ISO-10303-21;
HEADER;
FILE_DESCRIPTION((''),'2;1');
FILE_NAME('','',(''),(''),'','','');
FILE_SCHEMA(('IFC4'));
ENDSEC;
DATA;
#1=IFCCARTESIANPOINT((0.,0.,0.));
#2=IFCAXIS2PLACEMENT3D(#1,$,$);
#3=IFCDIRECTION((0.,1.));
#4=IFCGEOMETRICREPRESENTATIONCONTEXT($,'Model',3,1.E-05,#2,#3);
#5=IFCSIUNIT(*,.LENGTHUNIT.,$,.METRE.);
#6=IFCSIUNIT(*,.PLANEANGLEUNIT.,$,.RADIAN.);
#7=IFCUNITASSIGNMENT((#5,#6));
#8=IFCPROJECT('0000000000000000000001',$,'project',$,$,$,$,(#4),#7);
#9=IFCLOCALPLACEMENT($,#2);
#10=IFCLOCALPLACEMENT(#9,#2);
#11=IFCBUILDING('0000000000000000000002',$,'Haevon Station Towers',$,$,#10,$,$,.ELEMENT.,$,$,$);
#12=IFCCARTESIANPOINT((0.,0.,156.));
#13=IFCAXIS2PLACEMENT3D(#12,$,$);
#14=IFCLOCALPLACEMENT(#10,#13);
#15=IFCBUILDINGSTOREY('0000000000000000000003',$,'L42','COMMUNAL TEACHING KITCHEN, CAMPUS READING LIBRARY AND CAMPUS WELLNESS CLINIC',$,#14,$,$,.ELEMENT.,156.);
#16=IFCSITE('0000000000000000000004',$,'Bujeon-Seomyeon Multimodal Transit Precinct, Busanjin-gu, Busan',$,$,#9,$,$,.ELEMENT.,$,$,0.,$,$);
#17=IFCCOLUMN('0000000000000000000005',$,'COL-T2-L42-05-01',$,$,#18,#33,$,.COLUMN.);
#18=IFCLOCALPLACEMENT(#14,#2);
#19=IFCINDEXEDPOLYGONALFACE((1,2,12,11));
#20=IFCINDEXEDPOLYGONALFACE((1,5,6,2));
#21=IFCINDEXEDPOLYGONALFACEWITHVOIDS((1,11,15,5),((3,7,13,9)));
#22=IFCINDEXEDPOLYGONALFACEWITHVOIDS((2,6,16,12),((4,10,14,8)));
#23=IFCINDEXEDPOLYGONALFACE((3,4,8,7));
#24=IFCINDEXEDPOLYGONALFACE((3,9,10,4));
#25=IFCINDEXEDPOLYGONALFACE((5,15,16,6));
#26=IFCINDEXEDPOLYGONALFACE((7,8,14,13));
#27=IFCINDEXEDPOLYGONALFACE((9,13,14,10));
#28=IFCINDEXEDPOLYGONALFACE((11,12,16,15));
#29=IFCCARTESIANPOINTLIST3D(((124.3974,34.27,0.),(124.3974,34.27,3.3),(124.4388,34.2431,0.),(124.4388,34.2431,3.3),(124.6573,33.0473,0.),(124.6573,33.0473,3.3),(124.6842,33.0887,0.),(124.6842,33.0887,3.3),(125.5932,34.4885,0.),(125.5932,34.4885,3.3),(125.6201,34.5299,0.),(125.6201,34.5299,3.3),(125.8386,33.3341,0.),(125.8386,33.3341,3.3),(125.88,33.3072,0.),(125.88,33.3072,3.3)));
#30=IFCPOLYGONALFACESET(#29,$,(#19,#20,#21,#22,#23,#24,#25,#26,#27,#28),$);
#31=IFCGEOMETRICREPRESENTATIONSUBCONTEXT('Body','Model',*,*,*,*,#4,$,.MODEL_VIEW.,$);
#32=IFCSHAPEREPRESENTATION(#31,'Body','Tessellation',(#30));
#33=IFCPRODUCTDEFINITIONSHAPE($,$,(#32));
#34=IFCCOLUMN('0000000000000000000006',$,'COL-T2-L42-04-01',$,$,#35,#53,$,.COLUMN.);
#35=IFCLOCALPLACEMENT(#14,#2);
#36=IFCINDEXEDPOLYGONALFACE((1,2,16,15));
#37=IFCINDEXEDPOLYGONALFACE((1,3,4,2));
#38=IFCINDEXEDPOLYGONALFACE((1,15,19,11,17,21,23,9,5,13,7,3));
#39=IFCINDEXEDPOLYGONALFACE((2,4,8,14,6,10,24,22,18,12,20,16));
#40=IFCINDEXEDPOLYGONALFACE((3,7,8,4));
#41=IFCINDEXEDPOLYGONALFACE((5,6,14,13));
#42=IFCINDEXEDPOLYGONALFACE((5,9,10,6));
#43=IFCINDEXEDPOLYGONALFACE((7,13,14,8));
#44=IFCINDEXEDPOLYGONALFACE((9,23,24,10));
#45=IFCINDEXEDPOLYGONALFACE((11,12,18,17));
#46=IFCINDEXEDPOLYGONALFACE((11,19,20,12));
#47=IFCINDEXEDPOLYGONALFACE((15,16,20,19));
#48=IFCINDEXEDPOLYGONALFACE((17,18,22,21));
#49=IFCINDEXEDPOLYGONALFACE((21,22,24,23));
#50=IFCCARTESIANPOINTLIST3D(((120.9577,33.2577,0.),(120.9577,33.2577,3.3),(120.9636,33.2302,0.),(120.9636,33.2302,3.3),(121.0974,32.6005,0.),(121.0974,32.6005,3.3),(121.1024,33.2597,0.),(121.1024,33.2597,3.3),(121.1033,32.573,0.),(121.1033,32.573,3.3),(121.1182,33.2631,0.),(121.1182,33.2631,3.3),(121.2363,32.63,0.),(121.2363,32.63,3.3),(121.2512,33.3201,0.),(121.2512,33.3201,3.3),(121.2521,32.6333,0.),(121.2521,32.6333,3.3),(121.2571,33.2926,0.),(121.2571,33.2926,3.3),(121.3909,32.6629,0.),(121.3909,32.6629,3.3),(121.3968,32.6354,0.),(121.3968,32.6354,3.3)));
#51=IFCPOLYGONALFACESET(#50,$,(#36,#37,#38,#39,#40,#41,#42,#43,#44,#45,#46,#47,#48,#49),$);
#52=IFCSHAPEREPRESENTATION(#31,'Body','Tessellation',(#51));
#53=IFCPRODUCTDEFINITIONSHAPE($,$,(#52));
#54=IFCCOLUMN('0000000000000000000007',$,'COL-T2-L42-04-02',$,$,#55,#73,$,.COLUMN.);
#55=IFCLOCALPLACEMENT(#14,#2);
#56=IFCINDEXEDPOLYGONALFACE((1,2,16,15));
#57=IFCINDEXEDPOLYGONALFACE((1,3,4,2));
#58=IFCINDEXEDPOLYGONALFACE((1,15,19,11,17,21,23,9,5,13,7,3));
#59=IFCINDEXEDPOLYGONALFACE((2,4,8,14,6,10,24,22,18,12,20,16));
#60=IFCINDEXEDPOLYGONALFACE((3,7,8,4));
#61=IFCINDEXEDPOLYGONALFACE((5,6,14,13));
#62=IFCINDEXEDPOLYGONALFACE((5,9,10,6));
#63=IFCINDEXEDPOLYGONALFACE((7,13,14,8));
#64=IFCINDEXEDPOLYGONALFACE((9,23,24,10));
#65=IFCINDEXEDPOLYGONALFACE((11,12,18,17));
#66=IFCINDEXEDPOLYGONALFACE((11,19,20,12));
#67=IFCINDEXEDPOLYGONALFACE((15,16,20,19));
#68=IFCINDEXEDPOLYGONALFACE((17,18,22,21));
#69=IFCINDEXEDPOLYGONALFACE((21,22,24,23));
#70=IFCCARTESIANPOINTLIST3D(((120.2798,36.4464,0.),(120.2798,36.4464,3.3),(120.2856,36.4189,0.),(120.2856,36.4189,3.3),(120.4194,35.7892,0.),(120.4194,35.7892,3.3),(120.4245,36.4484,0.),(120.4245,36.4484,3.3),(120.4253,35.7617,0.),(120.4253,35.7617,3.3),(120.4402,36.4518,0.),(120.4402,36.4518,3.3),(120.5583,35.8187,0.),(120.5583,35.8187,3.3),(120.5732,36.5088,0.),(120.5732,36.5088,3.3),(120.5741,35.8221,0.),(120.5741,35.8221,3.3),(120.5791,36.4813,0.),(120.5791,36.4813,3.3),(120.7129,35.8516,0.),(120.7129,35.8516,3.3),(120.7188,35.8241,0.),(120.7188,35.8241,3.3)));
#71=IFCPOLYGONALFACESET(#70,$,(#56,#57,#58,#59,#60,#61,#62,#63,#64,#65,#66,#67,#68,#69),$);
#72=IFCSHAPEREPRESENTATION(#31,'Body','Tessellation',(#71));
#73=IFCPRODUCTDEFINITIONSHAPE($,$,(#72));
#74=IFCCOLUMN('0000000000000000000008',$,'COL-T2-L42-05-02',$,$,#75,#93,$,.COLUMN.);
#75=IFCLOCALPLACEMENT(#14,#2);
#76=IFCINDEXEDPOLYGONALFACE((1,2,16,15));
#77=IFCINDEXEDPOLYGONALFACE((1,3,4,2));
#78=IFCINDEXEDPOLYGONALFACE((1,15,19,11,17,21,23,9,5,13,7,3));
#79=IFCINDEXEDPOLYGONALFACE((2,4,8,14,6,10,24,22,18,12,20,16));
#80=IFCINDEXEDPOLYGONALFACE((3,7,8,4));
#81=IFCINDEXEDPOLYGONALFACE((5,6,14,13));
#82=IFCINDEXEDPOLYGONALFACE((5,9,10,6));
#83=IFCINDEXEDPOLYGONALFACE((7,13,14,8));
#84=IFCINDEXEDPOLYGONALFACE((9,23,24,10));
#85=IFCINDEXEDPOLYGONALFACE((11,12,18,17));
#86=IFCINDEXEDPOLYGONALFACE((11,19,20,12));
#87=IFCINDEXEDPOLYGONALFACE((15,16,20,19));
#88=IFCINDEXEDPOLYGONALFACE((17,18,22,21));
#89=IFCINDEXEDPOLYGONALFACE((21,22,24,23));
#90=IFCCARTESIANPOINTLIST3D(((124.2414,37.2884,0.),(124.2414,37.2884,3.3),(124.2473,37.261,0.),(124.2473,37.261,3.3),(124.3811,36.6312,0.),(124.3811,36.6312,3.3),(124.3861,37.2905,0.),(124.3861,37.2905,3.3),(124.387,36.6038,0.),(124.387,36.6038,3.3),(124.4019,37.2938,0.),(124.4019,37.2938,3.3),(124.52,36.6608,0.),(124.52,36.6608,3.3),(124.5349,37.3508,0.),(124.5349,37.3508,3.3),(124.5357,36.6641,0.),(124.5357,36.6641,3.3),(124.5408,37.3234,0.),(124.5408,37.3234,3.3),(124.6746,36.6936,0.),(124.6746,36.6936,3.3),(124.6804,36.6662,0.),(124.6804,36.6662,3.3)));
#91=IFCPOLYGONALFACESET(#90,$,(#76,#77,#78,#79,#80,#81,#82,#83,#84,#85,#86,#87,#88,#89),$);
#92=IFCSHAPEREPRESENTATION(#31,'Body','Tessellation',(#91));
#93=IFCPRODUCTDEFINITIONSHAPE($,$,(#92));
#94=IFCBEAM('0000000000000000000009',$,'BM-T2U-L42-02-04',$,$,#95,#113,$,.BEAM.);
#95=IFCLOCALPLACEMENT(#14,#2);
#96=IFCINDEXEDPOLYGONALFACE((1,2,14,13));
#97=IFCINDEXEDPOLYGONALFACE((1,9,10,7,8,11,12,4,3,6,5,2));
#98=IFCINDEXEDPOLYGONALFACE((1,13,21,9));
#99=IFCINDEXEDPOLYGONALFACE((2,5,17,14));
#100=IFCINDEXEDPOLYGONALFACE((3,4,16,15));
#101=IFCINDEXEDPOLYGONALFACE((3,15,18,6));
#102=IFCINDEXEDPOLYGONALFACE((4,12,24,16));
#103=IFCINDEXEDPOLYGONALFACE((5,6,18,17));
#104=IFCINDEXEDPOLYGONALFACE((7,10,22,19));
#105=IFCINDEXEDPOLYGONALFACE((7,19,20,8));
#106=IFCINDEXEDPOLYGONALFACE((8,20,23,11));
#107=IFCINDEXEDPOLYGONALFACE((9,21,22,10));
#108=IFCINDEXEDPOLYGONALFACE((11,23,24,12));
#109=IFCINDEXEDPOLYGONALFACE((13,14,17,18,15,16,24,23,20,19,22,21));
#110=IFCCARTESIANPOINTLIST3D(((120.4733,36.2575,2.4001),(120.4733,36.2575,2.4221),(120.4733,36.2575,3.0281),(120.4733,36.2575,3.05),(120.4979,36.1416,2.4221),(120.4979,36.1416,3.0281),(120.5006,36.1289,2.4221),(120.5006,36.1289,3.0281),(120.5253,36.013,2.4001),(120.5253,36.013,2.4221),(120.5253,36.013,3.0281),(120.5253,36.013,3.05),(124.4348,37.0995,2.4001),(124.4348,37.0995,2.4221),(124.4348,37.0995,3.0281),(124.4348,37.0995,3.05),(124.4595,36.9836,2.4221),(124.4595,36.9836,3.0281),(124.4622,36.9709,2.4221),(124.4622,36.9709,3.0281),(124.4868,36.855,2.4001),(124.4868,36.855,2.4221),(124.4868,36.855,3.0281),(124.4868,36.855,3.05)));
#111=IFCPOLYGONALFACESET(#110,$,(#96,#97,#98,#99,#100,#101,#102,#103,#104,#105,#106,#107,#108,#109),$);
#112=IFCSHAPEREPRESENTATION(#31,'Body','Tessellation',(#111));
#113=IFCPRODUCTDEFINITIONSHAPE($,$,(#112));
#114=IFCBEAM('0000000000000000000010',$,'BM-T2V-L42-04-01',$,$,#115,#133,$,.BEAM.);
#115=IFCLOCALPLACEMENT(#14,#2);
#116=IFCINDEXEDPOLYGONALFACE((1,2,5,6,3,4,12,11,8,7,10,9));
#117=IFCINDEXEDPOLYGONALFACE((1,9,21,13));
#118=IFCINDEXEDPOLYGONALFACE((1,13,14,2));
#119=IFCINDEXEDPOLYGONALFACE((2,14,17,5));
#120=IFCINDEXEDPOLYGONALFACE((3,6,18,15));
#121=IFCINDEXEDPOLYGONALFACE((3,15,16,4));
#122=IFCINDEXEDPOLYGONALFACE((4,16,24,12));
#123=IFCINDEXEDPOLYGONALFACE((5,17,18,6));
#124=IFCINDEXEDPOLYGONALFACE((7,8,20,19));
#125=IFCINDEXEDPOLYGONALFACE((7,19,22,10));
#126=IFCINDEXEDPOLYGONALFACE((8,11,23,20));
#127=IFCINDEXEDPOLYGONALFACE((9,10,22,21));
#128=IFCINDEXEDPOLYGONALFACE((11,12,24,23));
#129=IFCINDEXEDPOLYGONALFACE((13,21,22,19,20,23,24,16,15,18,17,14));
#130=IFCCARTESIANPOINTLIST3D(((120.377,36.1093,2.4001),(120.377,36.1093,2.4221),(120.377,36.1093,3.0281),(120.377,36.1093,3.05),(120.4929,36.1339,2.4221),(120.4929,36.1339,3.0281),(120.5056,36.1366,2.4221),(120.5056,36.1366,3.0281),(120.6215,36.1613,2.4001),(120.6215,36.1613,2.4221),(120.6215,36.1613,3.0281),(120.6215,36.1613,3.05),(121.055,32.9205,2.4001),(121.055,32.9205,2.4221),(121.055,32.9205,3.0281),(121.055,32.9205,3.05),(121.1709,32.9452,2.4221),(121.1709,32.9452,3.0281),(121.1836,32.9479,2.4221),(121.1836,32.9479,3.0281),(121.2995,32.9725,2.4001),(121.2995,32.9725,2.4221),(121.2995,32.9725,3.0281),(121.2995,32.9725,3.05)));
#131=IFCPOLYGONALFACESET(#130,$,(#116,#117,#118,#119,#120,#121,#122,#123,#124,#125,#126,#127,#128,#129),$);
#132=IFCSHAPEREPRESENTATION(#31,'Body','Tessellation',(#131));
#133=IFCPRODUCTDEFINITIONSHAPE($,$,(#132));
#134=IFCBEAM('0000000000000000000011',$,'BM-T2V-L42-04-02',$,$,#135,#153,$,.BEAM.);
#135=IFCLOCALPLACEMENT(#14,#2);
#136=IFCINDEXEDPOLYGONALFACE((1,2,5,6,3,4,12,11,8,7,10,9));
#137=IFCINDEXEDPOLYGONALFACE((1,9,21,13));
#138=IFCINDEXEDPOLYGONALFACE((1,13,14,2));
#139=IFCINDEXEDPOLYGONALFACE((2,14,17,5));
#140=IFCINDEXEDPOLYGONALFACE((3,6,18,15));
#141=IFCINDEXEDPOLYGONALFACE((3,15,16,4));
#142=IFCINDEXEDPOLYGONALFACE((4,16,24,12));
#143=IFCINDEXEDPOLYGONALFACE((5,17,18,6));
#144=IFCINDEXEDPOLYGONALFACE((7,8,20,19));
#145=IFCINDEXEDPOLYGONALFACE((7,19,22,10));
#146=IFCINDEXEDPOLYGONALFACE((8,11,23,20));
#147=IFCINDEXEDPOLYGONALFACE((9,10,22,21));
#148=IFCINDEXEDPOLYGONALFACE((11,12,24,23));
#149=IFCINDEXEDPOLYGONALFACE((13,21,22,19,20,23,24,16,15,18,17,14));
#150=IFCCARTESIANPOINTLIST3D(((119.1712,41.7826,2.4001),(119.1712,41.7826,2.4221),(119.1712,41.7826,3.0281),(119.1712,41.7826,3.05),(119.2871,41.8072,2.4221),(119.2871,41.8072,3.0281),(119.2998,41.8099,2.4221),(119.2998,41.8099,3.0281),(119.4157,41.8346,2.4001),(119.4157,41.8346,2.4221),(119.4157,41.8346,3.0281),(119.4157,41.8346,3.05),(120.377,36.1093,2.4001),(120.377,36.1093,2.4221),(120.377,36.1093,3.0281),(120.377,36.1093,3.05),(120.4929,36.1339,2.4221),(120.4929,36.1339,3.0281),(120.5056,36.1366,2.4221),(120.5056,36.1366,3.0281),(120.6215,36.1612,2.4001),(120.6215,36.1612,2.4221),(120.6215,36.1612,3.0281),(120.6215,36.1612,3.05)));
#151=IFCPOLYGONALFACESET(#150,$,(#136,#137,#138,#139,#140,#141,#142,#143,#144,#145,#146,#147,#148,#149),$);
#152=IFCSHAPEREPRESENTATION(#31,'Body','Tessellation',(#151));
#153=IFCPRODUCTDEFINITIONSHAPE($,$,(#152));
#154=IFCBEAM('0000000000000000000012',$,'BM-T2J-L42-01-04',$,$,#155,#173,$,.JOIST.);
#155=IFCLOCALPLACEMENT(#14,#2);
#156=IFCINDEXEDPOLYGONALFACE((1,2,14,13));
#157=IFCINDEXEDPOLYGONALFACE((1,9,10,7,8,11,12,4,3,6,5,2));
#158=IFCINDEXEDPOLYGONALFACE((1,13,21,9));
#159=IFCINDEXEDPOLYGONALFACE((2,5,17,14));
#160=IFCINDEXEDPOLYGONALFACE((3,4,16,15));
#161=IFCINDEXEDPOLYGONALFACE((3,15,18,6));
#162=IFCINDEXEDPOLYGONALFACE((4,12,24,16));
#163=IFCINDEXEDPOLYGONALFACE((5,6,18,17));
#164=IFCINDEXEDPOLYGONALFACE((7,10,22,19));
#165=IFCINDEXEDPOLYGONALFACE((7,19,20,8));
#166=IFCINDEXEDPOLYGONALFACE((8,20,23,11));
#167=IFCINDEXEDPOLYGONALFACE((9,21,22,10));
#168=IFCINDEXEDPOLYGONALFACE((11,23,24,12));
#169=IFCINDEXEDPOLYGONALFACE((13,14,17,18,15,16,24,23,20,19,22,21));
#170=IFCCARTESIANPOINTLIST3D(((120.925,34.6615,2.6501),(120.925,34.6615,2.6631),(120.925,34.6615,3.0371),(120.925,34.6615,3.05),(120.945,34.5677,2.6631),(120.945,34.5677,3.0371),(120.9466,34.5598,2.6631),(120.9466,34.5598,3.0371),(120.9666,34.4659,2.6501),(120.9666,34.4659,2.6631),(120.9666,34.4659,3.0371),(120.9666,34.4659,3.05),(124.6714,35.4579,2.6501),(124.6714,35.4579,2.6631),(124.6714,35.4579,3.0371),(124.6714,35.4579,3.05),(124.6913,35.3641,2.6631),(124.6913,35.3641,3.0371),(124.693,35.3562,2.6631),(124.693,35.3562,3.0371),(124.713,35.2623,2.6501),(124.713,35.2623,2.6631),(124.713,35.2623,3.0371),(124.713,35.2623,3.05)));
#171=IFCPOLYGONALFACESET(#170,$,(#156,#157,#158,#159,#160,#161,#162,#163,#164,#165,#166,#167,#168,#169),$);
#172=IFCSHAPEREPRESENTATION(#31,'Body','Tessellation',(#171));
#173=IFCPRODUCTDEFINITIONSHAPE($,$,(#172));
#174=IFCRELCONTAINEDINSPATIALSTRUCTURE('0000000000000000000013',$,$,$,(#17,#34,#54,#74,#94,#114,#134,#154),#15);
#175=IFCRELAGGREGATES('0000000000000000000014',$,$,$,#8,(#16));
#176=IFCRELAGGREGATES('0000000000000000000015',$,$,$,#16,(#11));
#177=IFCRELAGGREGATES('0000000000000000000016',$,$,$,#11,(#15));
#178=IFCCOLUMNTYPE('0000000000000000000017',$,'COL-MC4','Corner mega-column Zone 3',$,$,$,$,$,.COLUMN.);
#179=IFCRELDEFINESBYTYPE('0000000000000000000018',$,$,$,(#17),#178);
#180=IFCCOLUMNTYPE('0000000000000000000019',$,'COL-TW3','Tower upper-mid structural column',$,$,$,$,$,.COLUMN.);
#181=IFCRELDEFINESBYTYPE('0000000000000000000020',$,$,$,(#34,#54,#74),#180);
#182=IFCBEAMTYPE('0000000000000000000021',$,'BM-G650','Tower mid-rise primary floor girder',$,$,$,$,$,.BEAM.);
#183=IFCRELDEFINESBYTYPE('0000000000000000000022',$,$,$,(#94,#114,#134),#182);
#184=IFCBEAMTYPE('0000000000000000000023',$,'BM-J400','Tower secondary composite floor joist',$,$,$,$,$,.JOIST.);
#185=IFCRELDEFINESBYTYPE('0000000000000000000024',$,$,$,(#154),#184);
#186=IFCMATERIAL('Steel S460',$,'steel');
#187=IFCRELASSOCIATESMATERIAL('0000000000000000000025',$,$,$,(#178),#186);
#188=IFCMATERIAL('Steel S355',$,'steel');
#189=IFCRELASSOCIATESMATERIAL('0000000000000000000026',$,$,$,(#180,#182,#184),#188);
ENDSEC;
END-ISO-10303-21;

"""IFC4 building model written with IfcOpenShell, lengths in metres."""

from ifc_helpers import new_model, si_unit, direction, frame, origin, origin_2d, place, context, subcontext, project, spatial, hollow_rectangle, i_section, extrude, material, material_profile, profile_set, type_object, element, save


model = new_model("IFC4")

# Units and contexts
model_context = context("Model", 3, precision=1e-05, world=origin(), true_north=direction((0.0, 1.0)))
body_context = subcontext(model_context, "Body", "Model", "MODEL_VIEW")
ifc_project = project(units=[si_unit("LENGTHUNIT", "METRE"), si_unit("PLANEANGLEUNIT", "RADIAN")], contexts=[model_context])

# Site, building, storey
site_placement = place(None, origin())
site = spatial("IfcSite", under=ifc_project, at=site_placement, Name="Bujeon-Seomyeon Multimodal Transit Precinct, Busanjin-gu, Busan", CompositionType="ELEMENT", RefElevation=0.0)
building_placement = place(site_placement, origin())
building = spatial("IfcBuilding", under=site, at=building_placement, Name="Haevon Station Towers", CompositionType="ELEMENT")
storey_placement = place(building_placement, frame((0.0, 0.0, 156.0)))
storey = spatial("IfcBuildingStorey", under=building, at=storey_placement, Name="L42", Description="COMMUNAL TEACHING KITCHEN, CAMPUS READING LIBRARY AND CAMPUS WELLNESS CLINIC", CompositionType="ELEMENT", Elevation=156.0)

# Columns
ifc_material_1 = material(Name="Steel S460", Category="steel")
ifc_material_profile_1 = material_profile(ifc_material_1, hollow_rectangle(XDim=1.25, YDim=1.25, WallThickness=0.0349, at=origin_2d()), Name="BOX-1250x1250x35")
ifc_profile_set_1 = profile_set([ifc_material_profile_1], Name="Steel S460")
column_type_1 = type_object("IfcColumnType", Name="COL-MC4", Description="Corner mega-column Zone 3", PredefinedType="COLUMN", material=ifc_profile_set_1)
column_placement = place(storey_placement, frame((125.1387, 33.7886, 0.0), z_axis=(0.0, 0.0, 1.0), x_axis=(0.978148, 0.207912, 0.0)))
element("IfcColumn", 1, at=column_placement, inside=storey, type_object=column_type_1, Name="COL-T2-L42-05-01", PredefinedType="COLUMN", context=body_context, shape_type="SweptSolid", body=[
    extrude(hollow_rectangle(XDim=1.25, YDim=1.25, WallThickness=0.0349, at=origin_2d()), origin(), (0.0, 0.0, 1.0), 3.3),
])
ifc_material_2 = material(Name="Steel S355", Category="steel")
ifc_material_profile_2 = material_profile(ifc_material_2, i_section(OverallWidth=0.3, OverallDepth=0.7, WebThickness=0.0161, FlangeThickness=0.0281, at=origin_2d()), Name="H-700x300x16x28")
ifc_profile_set_2 = profile_set([ifc_material_profile_2], Name="Steel S355")
column_type_2 = type_object("IfcColumnType", Name="COL-TW3", Description="Tower upper-mid structural column", PredefinedType="COLUMN", material=ifc_profile_set_2)
for number, where, z_axis, x_axis, name in (
    (2, (121.1772, 32.9465, 0.0), (0.0, 0.0, 1.0), (0.978148, 0.207912, 0.0), "COL-T2-L42-04-01"),
    (3, (120.4993, 36.1353, 0.0), (0.0, 0.0, 1.0), (0.978148, 0.207912, 0.0), "COL-T2-L42-04-02"),
    (4, (124.4609, 36.9773, 0.0), (0.0, 0.0, 1.0), (0.978148, 0.207912, 0.0), "COL-T2-L42-05-02"),
):
    element("IfcColumn", number, at=place(storey_placement, frame(where, z_axis=z_axis, x_axis=x_axis)), inside=storey, type_object=column_type_2, Name=name, PredefinedType="COLUMN", context=body_context, shape_type="SweptSolid", body=[
        extrude(i_section(OverallWidth=0.3, OverallDepth=0.7, WebThickness=0.0161, FlangeThickness=0.0281, at=origin_2d()), origin(), (0.0, 0.0, 1.0), 3.3),
    ])

# Beams
ifc_material_profile_3 = material_profile(ifc_material_2, i_section(OverallWidth=0.25, OverallDepth=0.6499, WebThickness=0.0129, FlangeThickness=0.022, at=origin_2d()), Name="H-650x250x13x22")
ifc_profile_set_3 = profile_set([ifc_material_profile_3], Name="Steel S355")
beam_type_1 = type_object("IfcBeamType", Name="BM-G650", Description="Tower mid-rise primary floor girder", PredefinedType="BEAM", material=ifc_profile_set_3)
beam_1_placement = place(storey_placement, frame((120.4993, 36.1353, 2.7251), z_axis=(0.97815, 0.207903, 0.0), x_axis=(-0.207903, 0.97815, 0.0)))
element("IfcBeam", 5, at=beam_1_placement, inside=storey, type_object=beam_type_1, Name="BM-T2U-L42-02-04", PredefinedType="BEAM", context=body_context, shape_type="SweptSolid", body=[
    extrude(i_section(OverallWidth=0.25, OverallDepth=0.6499, WebThickness=0.0129, FlangeThickness=0.022, at=origin_2d()), origin(), (0.0, 0.0, 1.0), 4.05),
])
beam_2_placement = place(storey_placement, frame((121.1772, 32.9465, 2.7251), z_axis=(-0.207969, 0.978135, 0.0), x_axis=(-0.978135, -0.207969, 0.0)))
element("IfcBeam", 6, at=beam_2_placement, inside=storey, type_object=beam_type_1, Name="BM-T2V-L42-04-01", PredefinedType="BEAM", context=body_context, shape_type="SweptSolid", body=[
    extrude(i_section(OverallWidth=0.25, OverallDepth=0.6499, WebThickness=0.0129, FlangeThickness=0.022, at=origin_2d()), origin(), (0.0, 0.0, 1.0), 3.26),
])
beam_3_placement = place(storey_placement, frame((120.4993, 36.1353, 2.7251), z_axis=(-0.207896, 0.978151, 0.0), x_axis=(-0.978151, -0.207896, 0.0)))
element("IfcBeam", 7, at=beam_3_placement, inside=storey, type_object=beam_type_1, Name="BM-T2V-L42-04-02", PredefinedType="BEAM", context=body_context, shape_type="SweptSolid", body=[
    extrude(i_section(OverallWidth=0.25, OverallDepth=0.6499, WebThickness=0.0129, FlangeThickness=0.022, at=origin_2d()), origin(), (0.0, 0.0, 1.0), 5.8),
])
ifc_material_profile_4 = material_profile(ifc_material_2, i_section(OverallWidth=0.2, OverallDepth=0.3999, WebThickness=0.0081, FlangeThickness=0.0129, at=origin_2d()), Name="H-400x200x8x13")
ifc_profile_set_4 = profile_set([ifc_material_profile_4], Name="Steel S355")
beam_type_2 = type_object("IfcBeamType", Name="BM-J400", Description="Tower secondary composite floor joist", PredefinedType="JOIST", material=ifc_profile_set_4)
beam_4_placement = place(storey_placement, frame((120.9458, 34.5637, 2.8501), z_axis=(0.978143, 0.207931, 0.0), x_axis=(-0.207931, 0.978143, 0.0)))
element("IfcBeam", 8, at=beam_4_placement, inside=storey, type_object=beam_type_2, Name="BM-T2J-L42-01-04", PredefinedType="JOIST", context=body_context, shape_type="SweptSolid", body=[
    extrude(i_section(OverallWidth=0.2, OverallDepth=0.3999, WebThickness=0.0081, FlangeThickness=0.0129, at=origin_2d()), origin(), (0.0, 0.0, 1.0), 3.8301),
])

save(model, "model.ifc")
